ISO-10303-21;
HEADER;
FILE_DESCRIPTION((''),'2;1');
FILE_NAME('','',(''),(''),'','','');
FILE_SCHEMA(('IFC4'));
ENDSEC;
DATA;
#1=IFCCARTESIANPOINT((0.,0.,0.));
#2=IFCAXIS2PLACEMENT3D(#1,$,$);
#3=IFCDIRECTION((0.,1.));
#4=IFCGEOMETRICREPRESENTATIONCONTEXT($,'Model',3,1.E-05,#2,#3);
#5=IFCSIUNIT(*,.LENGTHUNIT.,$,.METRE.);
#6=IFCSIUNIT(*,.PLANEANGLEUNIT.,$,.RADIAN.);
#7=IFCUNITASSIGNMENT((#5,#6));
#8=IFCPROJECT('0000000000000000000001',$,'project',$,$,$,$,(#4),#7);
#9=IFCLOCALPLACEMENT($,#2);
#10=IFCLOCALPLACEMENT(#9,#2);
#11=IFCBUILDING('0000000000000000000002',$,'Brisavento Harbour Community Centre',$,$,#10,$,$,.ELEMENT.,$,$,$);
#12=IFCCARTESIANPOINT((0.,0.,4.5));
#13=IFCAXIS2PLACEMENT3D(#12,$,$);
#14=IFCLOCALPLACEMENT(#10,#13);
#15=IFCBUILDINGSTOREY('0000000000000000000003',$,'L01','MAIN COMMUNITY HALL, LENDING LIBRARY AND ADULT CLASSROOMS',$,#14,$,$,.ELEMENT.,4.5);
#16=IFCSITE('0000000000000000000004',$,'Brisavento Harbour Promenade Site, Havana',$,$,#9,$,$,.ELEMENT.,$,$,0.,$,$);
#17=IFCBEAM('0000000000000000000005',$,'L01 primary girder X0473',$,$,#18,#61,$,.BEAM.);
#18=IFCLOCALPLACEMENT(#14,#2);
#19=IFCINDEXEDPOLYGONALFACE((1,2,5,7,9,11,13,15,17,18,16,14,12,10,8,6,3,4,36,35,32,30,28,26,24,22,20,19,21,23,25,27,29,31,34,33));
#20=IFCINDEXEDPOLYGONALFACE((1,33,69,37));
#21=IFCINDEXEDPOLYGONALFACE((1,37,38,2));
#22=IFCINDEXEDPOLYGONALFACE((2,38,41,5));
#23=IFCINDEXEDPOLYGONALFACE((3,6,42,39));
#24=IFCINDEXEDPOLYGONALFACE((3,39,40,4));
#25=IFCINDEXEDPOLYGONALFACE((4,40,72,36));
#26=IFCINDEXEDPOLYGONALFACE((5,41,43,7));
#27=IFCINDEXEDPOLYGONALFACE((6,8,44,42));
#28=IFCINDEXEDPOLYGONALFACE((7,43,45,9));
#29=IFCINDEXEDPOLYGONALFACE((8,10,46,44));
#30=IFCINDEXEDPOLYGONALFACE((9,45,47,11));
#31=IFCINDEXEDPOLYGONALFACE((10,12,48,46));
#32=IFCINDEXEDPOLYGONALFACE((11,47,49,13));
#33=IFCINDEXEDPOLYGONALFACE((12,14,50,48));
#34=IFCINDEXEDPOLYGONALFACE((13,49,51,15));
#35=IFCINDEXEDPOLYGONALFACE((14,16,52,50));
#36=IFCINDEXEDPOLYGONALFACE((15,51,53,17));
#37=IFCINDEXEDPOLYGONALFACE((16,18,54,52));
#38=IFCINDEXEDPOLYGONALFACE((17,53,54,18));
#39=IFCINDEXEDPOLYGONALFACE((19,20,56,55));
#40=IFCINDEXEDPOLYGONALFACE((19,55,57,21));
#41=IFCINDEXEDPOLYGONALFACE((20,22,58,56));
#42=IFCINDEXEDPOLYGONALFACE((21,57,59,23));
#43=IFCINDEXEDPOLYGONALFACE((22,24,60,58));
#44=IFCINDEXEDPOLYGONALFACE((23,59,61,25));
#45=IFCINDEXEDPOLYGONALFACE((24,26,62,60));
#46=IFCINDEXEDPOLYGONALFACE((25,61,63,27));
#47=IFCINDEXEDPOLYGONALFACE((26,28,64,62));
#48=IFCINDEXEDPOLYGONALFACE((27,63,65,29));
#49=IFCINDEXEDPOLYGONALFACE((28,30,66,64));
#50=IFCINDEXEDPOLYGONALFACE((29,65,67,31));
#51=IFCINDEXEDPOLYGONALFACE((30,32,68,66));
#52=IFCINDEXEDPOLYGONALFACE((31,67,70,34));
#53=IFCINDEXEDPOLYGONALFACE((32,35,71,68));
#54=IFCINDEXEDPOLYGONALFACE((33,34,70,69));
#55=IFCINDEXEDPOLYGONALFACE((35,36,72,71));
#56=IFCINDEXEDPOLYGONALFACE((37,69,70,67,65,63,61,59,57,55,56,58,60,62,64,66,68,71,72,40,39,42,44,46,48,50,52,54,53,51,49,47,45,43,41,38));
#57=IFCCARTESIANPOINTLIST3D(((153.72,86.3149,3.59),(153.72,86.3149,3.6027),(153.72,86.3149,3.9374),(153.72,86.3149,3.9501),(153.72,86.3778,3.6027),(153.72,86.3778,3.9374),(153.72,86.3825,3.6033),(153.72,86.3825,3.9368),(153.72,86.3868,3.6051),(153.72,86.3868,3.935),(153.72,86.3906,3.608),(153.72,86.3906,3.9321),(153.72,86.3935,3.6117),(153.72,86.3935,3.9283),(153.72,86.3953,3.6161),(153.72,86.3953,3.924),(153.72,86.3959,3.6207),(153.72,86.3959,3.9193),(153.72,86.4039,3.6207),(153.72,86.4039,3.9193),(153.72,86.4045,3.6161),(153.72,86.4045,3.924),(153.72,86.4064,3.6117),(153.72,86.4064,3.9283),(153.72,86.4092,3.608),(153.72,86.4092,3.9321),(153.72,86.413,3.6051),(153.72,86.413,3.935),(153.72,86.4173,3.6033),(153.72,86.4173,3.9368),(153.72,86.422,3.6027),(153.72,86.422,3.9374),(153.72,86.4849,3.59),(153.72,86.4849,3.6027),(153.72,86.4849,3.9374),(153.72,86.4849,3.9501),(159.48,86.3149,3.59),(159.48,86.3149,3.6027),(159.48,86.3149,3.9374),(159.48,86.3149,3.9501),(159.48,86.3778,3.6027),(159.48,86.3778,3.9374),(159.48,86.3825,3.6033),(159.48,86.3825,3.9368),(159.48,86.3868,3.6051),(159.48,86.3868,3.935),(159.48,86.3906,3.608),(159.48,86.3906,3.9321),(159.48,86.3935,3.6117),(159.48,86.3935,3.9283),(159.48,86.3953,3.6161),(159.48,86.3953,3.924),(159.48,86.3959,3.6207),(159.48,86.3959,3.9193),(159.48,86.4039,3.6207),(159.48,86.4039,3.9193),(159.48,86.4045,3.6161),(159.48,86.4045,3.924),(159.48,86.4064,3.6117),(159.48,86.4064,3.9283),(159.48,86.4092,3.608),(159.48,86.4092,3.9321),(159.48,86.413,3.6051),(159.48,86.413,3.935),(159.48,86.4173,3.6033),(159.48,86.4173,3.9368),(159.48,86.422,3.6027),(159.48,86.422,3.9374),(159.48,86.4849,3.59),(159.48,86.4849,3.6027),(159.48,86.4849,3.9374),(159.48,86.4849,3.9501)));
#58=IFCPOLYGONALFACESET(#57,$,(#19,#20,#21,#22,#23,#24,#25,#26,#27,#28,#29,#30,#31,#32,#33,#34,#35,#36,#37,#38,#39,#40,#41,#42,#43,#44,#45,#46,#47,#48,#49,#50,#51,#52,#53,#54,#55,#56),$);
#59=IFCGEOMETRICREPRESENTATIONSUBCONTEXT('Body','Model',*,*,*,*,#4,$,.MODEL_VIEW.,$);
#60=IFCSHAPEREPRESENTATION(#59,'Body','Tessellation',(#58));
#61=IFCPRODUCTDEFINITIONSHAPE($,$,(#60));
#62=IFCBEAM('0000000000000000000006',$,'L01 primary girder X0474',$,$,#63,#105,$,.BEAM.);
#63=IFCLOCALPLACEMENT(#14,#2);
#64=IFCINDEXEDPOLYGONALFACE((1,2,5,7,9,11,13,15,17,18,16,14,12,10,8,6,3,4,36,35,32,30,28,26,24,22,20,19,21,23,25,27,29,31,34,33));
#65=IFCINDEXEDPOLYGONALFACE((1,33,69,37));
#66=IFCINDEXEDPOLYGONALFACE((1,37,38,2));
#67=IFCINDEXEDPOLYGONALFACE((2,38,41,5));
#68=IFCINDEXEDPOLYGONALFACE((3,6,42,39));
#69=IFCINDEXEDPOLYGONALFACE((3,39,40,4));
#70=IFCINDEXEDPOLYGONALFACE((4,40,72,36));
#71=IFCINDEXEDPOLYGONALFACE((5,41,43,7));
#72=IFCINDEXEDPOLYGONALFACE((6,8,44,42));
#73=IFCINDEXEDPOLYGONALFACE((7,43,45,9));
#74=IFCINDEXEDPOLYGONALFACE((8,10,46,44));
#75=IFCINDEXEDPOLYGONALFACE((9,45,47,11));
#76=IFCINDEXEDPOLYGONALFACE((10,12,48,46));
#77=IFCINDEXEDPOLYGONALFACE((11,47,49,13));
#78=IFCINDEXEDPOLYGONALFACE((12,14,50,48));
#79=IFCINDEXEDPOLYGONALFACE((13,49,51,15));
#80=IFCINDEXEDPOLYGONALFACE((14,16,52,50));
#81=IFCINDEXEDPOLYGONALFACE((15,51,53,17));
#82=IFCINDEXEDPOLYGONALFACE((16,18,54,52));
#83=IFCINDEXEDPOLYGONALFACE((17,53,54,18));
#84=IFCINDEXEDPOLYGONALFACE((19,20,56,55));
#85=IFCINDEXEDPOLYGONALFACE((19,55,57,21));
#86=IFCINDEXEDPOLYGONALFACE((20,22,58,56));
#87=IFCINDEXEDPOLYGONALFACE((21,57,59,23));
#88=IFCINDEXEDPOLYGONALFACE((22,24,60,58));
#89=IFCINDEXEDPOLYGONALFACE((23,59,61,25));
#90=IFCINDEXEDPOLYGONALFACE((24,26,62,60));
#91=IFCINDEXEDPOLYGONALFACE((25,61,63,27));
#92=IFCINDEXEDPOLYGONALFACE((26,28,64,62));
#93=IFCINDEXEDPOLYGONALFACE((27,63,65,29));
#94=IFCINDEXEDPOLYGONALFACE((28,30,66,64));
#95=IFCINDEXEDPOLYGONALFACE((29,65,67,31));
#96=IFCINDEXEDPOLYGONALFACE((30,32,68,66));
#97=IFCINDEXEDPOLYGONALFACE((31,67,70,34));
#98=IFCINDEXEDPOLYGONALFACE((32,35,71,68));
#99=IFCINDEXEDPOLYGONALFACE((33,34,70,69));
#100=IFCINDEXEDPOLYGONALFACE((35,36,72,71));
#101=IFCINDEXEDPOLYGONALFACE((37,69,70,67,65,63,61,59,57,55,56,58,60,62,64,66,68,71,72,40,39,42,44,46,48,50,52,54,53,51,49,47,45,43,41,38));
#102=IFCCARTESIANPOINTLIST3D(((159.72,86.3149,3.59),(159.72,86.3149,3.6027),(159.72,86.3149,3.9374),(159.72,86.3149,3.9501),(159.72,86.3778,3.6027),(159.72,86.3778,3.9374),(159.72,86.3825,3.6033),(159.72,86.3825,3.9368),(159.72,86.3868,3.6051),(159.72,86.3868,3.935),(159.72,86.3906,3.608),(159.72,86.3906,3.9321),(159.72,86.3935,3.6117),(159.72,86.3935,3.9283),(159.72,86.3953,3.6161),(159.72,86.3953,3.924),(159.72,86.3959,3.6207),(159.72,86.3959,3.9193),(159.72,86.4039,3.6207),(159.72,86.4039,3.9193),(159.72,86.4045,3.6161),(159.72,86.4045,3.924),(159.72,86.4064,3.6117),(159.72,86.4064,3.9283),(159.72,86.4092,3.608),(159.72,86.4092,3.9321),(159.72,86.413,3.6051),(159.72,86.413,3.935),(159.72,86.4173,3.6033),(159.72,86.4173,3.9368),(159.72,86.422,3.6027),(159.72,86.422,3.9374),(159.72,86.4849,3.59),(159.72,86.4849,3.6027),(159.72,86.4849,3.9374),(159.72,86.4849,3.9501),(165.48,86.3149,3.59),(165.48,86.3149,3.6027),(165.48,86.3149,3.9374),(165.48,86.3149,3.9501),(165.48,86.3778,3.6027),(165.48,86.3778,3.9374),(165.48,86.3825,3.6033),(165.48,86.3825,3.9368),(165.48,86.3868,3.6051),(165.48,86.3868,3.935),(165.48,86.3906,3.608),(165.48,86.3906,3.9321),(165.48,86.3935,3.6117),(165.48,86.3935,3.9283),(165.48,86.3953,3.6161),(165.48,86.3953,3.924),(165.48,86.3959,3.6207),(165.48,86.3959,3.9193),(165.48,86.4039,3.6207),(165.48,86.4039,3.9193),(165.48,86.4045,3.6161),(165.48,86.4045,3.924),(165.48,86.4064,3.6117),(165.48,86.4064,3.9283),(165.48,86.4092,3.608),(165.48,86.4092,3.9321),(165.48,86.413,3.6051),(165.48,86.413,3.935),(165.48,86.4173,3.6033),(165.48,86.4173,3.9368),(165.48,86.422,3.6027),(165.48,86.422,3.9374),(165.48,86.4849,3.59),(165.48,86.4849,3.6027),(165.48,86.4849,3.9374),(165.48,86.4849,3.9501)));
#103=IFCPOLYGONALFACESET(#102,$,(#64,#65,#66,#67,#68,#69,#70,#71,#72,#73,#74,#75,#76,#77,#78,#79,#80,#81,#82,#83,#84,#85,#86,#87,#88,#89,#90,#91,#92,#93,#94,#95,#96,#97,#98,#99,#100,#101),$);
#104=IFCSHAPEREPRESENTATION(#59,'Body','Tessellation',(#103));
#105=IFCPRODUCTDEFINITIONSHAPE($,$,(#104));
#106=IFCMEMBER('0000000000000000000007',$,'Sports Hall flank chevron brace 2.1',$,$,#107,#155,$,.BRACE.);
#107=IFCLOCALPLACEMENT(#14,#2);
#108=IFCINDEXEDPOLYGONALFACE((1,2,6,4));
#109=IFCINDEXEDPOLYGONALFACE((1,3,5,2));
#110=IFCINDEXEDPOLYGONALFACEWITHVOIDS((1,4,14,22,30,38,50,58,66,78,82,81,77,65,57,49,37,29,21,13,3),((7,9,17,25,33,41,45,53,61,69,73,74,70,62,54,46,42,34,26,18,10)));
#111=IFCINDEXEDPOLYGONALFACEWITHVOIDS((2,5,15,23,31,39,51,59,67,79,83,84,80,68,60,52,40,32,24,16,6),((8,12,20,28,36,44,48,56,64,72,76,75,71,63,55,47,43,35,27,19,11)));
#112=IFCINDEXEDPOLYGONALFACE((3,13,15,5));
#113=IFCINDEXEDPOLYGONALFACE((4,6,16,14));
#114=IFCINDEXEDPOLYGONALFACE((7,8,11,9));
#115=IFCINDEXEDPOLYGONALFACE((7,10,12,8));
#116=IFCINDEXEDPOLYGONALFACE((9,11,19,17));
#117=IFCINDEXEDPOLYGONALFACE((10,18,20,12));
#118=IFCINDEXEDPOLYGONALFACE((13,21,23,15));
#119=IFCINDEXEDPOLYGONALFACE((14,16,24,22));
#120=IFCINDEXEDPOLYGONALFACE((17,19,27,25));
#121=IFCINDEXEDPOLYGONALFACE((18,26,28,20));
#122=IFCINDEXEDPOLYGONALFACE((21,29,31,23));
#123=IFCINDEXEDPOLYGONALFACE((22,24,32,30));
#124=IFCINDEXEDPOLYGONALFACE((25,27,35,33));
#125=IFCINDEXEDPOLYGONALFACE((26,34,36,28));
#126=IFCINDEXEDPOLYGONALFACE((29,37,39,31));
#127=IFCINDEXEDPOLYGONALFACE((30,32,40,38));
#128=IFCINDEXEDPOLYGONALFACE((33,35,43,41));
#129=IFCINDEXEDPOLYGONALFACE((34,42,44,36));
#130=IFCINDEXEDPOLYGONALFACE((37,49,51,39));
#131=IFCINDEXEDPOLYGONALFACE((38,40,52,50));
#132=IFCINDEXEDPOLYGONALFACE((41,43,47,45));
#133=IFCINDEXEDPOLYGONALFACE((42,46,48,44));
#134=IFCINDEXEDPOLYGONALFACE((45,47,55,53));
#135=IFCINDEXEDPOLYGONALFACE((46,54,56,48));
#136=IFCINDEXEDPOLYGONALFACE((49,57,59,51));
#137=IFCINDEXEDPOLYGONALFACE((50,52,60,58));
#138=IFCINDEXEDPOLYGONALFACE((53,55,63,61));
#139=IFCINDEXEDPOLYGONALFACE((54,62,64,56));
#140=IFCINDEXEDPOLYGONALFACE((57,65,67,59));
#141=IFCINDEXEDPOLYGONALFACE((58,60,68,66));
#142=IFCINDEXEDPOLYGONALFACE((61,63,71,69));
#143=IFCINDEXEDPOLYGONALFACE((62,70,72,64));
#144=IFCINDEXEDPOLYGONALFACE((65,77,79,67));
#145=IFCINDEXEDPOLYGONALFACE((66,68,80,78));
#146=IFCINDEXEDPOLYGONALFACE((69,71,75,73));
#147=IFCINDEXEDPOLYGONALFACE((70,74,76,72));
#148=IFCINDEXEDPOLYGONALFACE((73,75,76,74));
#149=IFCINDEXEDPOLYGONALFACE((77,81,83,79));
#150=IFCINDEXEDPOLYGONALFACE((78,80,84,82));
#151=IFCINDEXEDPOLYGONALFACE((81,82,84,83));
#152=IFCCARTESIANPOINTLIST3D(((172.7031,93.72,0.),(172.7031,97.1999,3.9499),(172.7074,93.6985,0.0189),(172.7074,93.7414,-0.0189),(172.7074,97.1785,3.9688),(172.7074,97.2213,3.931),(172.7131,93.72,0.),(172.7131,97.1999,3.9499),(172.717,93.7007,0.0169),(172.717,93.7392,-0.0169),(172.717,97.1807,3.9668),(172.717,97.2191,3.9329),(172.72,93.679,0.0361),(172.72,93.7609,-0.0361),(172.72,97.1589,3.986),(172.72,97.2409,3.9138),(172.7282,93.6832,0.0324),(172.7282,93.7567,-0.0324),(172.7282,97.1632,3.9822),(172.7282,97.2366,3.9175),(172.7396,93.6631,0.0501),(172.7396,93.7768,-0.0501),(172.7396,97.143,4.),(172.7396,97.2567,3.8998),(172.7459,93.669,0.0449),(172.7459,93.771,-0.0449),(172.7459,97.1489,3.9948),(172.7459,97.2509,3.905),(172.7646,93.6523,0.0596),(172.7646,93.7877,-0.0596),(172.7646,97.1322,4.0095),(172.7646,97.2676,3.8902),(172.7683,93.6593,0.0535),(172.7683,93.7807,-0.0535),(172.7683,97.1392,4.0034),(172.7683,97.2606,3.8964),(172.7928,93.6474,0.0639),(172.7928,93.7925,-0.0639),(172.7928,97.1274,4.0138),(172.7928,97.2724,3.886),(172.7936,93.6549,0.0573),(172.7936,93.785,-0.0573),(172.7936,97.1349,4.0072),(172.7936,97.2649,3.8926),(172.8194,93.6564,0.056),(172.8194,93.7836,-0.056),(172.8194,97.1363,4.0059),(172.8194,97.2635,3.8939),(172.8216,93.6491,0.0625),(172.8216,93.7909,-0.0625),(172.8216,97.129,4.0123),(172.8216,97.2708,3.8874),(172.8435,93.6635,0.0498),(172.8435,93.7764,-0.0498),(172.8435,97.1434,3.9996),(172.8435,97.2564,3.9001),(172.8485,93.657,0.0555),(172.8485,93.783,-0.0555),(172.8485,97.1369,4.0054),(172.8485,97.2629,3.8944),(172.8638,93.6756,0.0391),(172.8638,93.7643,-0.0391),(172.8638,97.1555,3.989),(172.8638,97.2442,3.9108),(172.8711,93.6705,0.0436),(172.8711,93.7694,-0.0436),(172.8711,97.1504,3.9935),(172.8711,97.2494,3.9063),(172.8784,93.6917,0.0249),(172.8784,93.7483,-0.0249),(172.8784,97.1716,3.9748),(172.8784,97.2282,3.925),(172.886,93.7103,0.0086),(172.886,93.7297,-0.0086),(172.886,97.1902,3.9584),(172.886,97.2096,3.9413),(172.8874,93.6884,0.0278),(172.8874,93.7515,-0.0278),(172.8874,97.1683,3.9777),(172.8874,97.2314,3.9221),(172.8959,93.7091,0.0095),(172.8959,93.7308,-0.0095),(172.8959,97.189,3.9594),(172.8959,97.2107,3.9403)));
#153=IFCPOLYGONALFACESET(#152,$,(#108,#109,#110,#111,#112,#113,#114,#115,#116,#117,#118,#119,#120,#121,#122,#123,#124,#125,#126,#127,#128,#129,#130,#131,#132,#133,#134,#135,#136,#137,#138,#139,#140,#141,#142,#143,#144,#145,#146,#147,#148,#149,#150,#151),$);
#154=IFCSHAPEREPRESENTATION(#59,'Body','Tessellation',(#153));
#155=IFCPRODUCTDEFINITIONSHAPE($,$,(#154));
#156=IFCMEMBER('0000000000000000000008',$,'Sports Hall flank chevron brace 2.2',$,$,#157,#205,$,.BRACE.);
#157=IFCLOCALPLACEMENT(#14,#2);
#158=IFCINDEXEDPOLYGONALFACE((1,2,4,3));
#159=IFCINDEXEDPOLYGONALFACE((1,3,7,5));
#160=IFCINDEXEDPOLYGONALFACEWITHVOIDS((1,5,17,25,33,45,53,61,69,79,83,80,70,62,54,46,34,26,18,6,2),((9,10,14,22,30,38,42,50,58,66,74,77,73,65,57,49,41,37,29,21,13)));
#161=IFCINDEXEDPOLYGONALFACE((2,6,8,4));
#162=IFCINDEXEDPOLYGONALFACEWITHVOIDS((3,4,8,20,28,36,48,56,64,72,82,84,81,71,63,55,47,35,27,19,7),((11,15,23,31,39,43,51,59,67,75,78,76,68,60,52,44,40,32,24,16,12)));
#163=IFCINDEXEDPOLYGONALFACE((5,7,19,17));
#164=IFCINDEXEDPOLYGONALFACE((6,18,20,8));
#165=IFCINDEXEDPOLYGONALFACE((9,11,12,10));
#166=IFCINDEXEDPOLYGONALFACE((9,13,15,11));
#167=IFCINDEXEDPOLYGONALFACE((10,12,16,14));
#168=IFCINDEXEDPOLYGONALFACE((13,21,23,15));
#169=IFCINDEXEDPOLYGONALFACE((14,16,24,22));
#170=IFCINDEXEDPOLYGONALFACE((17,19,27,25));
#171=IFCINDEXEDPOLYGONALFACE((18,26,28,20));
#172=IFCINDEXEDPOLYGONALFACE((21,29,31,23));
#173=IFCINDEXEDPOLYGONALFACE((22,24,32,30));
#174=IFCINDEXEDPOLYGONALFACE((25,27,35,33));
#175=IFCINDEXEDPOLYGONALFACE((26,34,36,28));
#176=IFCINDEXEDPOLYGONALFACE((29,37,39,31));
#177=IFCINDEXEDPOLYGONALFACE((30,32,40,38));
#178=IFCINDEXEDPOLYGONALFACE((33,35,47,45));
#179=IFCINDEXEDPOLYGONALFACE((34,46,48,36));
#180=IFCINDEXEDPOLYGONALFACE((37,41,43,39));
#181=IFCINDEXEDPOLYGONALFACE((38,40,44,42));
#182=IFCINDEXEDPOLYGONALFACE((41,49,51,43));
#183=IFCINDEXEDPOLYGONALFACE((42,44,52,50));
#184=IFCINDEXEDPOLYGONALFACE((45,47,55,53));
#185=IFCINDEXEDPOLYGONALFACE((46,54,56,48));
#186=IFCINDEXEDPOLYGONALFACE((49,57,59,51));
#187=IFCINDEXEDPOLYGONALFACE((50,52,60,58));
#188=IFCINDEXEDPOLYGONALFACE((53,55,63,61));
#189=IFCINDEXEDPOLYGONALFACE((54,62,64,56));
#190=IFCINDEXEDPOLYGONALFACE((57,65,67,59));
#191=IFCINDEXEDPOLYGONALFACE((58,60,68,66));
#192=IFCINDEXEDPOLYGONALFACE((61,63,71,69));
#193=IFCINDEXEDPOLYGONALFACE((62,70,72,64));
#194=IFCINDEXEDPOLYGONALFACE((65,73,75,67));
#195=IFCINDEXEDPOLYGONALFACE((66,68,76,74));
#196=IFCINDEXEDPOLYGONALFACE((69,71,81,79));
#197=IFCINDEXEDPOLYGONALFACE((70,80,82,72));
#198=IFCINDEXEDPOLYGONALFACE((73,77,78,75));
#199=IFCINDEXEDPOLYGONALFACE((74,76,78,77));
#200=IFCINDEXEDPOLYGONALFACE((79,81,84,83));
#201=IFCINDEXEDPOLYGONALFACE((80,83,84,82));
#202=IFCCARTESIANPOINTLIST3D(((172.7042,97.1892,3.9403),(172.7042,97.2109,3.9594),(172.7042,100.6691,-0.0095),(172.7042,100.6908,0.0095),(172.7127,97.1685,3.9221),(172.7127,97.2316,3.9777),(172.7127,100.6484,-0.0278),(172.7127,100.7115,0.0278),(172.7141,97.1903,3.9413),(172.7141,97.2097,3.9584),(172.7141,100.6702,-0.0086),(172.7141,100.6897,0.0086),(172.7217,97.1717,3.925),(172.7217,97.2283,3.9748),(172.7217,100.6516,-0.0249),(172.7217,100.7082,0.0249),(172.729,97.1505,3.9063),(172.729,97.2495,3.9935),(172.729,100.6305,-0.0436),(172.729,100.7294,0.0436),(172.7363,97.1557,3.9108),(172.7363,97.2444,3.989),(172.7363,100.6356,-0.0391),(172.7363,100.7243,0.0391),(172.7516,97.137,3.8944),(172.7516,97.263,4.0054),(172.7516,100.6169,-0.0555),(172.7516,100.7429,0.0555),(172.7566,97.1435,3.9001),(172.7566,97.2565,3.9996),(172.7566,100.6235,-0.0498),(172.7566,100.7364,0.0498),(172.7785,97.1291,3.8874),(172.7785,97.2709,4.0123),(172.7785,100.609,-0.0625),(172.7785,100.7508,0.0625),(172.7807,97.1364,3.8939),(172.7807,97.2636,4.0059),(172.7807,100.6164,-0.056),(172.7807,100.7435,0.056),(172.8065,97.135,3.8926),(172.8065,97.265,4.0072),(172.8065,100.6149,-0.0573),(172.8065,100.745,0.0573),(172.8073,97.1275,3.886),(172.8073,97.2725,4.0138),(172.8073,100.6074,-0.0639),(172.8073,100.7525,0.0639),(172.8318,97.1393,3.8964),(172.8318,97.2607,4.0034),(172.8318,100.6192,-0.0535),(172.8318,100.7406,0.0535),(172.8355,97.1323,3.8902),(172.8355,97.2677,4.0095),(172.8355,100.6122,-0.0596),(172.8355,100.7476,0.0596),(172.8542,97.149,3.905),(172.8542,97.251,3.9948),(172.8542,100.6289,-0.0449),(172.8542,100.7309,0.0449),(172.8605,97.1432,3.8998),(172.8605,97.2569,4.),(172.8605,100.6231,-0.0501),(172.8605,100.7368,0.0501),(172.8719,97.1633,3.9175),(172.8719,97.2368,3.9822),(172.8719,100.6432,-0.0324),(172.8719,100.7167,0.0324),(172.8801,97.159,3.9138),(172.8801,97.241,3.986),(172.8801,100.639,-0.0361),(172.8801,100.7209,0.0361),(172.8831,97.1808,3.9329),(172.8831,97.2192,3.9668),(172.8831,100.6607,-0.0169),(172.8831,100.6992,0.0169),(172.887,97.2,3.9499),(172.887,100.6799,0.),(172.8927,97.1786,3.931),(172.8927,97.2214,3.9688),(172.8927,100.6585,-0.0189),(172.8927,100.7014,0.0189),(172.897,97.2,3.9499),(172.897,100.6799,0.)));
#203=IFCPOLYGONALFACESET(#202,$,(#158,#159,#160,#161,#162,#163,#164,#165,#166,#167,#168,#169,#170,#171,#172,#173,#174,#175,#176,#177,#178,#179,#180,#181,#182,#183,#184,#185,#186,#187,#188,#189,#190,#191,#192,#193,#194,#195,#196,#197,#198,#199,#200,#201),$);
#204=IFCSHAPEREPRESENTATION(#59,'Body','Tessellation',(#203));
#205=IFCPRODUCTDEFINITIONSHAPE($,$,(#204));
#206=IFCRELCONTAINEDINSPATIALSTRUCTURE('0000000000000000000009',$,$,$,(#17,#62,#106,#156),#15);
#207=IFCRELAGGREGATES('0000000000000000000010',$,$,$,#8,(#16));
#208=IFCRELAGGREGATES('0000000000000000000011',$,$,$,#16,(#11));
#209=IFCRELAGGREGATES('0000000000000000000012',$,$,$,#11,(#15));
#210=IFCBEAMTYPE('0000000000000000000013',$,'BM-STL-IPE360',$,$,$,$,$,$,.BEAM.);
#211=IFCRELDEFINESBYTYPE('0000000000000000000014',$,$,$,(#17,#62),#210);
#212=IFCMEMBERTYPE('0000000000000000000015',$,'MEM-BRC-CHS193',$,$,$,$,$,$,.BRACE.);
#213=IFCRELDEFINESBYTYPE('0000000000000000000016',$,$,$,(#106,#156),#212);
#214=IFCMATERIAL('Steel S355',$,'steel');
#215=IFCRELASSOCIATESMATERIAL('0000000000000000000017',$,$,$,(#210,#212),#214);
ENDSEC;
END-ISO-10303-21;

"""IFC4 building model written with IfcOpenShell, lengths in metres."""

from ifc_helpers import new_model, si_unit, direction, frame, origin, origin_2d, place, context, subcontext, project, spatial, hollow_circle, i_section, extrude, material, material_profile, profile_set, type_object, element, save


model = new_model("IFC4")

# Units and contexts
model_context = context("Model", 3, precision=1e-05, world=origin(), true_north=direction((0.0, 1.0)))
body_context = subcontext(model_context, "Body", "Model", "MODEL_VIEW")
ifc_project = project(units=[si_unit("LENGTHUNIT", "METRE"), si_unit("PLANEANGLEUNIT", "RADIAN")], contexts=[model_context])

# Site, building, storey
site_placement = place(None, origin())
site = spatial("IfcSite", under=ifc_project, at=site_placement, Name="Brisavento Harbour Promenade Site, Havana", CompositionType="ELEMENT", RefElevation=0.0)
building_placement = place(site_placement, origin())
building = spatial("IfcBuilding", under=site, at=building_placement, Name="Brisavento Harbour Community Centre", CompositionType="ELEMENT")
storey_placement = place(building_placement, frame((0.0, 0.0, 4.5)))
storey = spatial("IfcBuildingStorey", under=building, at=storey_placement, Name="L01", Description="MAIN COMMUNITY HALL, LENDING LIBRARY AND ADULT CLASSROOMS", CompositionType="ELEMENT", Elevation=4.5)

# Shared definitions
ifc_material_1 = material(Name="Steel S355", Category="steel")

# Beams
ifc_material_profile_1 = material_profile(ifc_material_1, i_section(OverallWidth=0.1699, OverallDepth=0.3601, WebThickness=0.0081, FlangeThickness=0.0127, FilletRadius=0.0181, at=origin_2d()), Name="Steel S355")
ifc_profile_set_1 = profile_set([ifc_material_profile_1], Name="Steel S355")
beam_type = type_object("IfcBeamType", Name="BM-STL-IPE360", PredefinedType="BEAM", material=ifc_profile_set_1)
for number, where, z_axis, x_axis, name in (
    (1, (153.72, 86.3999, 3.77), (1.0, 0.0, 0.0), (0.0, 1.0, 0.0), "L01 primary girder X0473"),
    (2, (159.72, 86.3999, 3.77), (1.0, 0.0, 0.0), (0.0, 1.0, 0.0), "L01 primary girder X0474"),
):
    element("IfcBeam", number, at=place(storey_placement, frame(where, z_axis=z_axis, x_axis=x_axis)), inside=storey, type_object=beam_type, Name=name, PredefinedType="BEAM", context=body_context, shape_type="SweptSolid", body=[
        extrude(i_section(OverallWidth=0.1699, OverallDepth=0.3601, WebThickness=0.0081, FlangeThickness=0.0127, FilletRadius=0.0181, at=origin_2d()), origin(), (0.0, 0.0, 1.0), 5.76),
    ])

# Members
ifc_material_profile_2 = material_profile(ifc_material_1, hollow_circle(Radius=0.0969, WallThickness=0.01, at=origin_2d()), Name="Steel S355")
ifc_profile_set_2 = profile_set([ifc_material_profile_2], Name="Steel S355")
member_type = type_object("IfcMemberType", Name="MEM-BRC-CHS193", PredefinedType="BRACE", material=ifc_profile_set_2)
for number, where, z_axis, x_axis, name in (
    (3, (172.8, 93.72, 0.0), (0.0, 0.661059, 0.750334), (-1.0, 0.0, 0.0), "Sports Hall flank chevron brace 2.1"),
    (4, (172.8, 100.6799, 0.0), (0.0, -0.661059, 0.750334), (1.0, 0.0, 0.0), "Sports Hall flank chevron brace 2.2"),
):
    element("IfcMember", number, at=place(storey_placement, frame(where, z_axis=z_axis, x_axis=x_axis)), inside=storey, type_object=member_type, Name=name, PredefinedType="BRACE", context=body_context, shape_type="SweptSolid", body=[
        extrude(hollow_circle(Radius=0.0969, WallThickness=0.01, at=origin_2d()), origin(), (0.0, 0.0, 1.0), 5.2642),
    ])

save(model, "model.ifc")
